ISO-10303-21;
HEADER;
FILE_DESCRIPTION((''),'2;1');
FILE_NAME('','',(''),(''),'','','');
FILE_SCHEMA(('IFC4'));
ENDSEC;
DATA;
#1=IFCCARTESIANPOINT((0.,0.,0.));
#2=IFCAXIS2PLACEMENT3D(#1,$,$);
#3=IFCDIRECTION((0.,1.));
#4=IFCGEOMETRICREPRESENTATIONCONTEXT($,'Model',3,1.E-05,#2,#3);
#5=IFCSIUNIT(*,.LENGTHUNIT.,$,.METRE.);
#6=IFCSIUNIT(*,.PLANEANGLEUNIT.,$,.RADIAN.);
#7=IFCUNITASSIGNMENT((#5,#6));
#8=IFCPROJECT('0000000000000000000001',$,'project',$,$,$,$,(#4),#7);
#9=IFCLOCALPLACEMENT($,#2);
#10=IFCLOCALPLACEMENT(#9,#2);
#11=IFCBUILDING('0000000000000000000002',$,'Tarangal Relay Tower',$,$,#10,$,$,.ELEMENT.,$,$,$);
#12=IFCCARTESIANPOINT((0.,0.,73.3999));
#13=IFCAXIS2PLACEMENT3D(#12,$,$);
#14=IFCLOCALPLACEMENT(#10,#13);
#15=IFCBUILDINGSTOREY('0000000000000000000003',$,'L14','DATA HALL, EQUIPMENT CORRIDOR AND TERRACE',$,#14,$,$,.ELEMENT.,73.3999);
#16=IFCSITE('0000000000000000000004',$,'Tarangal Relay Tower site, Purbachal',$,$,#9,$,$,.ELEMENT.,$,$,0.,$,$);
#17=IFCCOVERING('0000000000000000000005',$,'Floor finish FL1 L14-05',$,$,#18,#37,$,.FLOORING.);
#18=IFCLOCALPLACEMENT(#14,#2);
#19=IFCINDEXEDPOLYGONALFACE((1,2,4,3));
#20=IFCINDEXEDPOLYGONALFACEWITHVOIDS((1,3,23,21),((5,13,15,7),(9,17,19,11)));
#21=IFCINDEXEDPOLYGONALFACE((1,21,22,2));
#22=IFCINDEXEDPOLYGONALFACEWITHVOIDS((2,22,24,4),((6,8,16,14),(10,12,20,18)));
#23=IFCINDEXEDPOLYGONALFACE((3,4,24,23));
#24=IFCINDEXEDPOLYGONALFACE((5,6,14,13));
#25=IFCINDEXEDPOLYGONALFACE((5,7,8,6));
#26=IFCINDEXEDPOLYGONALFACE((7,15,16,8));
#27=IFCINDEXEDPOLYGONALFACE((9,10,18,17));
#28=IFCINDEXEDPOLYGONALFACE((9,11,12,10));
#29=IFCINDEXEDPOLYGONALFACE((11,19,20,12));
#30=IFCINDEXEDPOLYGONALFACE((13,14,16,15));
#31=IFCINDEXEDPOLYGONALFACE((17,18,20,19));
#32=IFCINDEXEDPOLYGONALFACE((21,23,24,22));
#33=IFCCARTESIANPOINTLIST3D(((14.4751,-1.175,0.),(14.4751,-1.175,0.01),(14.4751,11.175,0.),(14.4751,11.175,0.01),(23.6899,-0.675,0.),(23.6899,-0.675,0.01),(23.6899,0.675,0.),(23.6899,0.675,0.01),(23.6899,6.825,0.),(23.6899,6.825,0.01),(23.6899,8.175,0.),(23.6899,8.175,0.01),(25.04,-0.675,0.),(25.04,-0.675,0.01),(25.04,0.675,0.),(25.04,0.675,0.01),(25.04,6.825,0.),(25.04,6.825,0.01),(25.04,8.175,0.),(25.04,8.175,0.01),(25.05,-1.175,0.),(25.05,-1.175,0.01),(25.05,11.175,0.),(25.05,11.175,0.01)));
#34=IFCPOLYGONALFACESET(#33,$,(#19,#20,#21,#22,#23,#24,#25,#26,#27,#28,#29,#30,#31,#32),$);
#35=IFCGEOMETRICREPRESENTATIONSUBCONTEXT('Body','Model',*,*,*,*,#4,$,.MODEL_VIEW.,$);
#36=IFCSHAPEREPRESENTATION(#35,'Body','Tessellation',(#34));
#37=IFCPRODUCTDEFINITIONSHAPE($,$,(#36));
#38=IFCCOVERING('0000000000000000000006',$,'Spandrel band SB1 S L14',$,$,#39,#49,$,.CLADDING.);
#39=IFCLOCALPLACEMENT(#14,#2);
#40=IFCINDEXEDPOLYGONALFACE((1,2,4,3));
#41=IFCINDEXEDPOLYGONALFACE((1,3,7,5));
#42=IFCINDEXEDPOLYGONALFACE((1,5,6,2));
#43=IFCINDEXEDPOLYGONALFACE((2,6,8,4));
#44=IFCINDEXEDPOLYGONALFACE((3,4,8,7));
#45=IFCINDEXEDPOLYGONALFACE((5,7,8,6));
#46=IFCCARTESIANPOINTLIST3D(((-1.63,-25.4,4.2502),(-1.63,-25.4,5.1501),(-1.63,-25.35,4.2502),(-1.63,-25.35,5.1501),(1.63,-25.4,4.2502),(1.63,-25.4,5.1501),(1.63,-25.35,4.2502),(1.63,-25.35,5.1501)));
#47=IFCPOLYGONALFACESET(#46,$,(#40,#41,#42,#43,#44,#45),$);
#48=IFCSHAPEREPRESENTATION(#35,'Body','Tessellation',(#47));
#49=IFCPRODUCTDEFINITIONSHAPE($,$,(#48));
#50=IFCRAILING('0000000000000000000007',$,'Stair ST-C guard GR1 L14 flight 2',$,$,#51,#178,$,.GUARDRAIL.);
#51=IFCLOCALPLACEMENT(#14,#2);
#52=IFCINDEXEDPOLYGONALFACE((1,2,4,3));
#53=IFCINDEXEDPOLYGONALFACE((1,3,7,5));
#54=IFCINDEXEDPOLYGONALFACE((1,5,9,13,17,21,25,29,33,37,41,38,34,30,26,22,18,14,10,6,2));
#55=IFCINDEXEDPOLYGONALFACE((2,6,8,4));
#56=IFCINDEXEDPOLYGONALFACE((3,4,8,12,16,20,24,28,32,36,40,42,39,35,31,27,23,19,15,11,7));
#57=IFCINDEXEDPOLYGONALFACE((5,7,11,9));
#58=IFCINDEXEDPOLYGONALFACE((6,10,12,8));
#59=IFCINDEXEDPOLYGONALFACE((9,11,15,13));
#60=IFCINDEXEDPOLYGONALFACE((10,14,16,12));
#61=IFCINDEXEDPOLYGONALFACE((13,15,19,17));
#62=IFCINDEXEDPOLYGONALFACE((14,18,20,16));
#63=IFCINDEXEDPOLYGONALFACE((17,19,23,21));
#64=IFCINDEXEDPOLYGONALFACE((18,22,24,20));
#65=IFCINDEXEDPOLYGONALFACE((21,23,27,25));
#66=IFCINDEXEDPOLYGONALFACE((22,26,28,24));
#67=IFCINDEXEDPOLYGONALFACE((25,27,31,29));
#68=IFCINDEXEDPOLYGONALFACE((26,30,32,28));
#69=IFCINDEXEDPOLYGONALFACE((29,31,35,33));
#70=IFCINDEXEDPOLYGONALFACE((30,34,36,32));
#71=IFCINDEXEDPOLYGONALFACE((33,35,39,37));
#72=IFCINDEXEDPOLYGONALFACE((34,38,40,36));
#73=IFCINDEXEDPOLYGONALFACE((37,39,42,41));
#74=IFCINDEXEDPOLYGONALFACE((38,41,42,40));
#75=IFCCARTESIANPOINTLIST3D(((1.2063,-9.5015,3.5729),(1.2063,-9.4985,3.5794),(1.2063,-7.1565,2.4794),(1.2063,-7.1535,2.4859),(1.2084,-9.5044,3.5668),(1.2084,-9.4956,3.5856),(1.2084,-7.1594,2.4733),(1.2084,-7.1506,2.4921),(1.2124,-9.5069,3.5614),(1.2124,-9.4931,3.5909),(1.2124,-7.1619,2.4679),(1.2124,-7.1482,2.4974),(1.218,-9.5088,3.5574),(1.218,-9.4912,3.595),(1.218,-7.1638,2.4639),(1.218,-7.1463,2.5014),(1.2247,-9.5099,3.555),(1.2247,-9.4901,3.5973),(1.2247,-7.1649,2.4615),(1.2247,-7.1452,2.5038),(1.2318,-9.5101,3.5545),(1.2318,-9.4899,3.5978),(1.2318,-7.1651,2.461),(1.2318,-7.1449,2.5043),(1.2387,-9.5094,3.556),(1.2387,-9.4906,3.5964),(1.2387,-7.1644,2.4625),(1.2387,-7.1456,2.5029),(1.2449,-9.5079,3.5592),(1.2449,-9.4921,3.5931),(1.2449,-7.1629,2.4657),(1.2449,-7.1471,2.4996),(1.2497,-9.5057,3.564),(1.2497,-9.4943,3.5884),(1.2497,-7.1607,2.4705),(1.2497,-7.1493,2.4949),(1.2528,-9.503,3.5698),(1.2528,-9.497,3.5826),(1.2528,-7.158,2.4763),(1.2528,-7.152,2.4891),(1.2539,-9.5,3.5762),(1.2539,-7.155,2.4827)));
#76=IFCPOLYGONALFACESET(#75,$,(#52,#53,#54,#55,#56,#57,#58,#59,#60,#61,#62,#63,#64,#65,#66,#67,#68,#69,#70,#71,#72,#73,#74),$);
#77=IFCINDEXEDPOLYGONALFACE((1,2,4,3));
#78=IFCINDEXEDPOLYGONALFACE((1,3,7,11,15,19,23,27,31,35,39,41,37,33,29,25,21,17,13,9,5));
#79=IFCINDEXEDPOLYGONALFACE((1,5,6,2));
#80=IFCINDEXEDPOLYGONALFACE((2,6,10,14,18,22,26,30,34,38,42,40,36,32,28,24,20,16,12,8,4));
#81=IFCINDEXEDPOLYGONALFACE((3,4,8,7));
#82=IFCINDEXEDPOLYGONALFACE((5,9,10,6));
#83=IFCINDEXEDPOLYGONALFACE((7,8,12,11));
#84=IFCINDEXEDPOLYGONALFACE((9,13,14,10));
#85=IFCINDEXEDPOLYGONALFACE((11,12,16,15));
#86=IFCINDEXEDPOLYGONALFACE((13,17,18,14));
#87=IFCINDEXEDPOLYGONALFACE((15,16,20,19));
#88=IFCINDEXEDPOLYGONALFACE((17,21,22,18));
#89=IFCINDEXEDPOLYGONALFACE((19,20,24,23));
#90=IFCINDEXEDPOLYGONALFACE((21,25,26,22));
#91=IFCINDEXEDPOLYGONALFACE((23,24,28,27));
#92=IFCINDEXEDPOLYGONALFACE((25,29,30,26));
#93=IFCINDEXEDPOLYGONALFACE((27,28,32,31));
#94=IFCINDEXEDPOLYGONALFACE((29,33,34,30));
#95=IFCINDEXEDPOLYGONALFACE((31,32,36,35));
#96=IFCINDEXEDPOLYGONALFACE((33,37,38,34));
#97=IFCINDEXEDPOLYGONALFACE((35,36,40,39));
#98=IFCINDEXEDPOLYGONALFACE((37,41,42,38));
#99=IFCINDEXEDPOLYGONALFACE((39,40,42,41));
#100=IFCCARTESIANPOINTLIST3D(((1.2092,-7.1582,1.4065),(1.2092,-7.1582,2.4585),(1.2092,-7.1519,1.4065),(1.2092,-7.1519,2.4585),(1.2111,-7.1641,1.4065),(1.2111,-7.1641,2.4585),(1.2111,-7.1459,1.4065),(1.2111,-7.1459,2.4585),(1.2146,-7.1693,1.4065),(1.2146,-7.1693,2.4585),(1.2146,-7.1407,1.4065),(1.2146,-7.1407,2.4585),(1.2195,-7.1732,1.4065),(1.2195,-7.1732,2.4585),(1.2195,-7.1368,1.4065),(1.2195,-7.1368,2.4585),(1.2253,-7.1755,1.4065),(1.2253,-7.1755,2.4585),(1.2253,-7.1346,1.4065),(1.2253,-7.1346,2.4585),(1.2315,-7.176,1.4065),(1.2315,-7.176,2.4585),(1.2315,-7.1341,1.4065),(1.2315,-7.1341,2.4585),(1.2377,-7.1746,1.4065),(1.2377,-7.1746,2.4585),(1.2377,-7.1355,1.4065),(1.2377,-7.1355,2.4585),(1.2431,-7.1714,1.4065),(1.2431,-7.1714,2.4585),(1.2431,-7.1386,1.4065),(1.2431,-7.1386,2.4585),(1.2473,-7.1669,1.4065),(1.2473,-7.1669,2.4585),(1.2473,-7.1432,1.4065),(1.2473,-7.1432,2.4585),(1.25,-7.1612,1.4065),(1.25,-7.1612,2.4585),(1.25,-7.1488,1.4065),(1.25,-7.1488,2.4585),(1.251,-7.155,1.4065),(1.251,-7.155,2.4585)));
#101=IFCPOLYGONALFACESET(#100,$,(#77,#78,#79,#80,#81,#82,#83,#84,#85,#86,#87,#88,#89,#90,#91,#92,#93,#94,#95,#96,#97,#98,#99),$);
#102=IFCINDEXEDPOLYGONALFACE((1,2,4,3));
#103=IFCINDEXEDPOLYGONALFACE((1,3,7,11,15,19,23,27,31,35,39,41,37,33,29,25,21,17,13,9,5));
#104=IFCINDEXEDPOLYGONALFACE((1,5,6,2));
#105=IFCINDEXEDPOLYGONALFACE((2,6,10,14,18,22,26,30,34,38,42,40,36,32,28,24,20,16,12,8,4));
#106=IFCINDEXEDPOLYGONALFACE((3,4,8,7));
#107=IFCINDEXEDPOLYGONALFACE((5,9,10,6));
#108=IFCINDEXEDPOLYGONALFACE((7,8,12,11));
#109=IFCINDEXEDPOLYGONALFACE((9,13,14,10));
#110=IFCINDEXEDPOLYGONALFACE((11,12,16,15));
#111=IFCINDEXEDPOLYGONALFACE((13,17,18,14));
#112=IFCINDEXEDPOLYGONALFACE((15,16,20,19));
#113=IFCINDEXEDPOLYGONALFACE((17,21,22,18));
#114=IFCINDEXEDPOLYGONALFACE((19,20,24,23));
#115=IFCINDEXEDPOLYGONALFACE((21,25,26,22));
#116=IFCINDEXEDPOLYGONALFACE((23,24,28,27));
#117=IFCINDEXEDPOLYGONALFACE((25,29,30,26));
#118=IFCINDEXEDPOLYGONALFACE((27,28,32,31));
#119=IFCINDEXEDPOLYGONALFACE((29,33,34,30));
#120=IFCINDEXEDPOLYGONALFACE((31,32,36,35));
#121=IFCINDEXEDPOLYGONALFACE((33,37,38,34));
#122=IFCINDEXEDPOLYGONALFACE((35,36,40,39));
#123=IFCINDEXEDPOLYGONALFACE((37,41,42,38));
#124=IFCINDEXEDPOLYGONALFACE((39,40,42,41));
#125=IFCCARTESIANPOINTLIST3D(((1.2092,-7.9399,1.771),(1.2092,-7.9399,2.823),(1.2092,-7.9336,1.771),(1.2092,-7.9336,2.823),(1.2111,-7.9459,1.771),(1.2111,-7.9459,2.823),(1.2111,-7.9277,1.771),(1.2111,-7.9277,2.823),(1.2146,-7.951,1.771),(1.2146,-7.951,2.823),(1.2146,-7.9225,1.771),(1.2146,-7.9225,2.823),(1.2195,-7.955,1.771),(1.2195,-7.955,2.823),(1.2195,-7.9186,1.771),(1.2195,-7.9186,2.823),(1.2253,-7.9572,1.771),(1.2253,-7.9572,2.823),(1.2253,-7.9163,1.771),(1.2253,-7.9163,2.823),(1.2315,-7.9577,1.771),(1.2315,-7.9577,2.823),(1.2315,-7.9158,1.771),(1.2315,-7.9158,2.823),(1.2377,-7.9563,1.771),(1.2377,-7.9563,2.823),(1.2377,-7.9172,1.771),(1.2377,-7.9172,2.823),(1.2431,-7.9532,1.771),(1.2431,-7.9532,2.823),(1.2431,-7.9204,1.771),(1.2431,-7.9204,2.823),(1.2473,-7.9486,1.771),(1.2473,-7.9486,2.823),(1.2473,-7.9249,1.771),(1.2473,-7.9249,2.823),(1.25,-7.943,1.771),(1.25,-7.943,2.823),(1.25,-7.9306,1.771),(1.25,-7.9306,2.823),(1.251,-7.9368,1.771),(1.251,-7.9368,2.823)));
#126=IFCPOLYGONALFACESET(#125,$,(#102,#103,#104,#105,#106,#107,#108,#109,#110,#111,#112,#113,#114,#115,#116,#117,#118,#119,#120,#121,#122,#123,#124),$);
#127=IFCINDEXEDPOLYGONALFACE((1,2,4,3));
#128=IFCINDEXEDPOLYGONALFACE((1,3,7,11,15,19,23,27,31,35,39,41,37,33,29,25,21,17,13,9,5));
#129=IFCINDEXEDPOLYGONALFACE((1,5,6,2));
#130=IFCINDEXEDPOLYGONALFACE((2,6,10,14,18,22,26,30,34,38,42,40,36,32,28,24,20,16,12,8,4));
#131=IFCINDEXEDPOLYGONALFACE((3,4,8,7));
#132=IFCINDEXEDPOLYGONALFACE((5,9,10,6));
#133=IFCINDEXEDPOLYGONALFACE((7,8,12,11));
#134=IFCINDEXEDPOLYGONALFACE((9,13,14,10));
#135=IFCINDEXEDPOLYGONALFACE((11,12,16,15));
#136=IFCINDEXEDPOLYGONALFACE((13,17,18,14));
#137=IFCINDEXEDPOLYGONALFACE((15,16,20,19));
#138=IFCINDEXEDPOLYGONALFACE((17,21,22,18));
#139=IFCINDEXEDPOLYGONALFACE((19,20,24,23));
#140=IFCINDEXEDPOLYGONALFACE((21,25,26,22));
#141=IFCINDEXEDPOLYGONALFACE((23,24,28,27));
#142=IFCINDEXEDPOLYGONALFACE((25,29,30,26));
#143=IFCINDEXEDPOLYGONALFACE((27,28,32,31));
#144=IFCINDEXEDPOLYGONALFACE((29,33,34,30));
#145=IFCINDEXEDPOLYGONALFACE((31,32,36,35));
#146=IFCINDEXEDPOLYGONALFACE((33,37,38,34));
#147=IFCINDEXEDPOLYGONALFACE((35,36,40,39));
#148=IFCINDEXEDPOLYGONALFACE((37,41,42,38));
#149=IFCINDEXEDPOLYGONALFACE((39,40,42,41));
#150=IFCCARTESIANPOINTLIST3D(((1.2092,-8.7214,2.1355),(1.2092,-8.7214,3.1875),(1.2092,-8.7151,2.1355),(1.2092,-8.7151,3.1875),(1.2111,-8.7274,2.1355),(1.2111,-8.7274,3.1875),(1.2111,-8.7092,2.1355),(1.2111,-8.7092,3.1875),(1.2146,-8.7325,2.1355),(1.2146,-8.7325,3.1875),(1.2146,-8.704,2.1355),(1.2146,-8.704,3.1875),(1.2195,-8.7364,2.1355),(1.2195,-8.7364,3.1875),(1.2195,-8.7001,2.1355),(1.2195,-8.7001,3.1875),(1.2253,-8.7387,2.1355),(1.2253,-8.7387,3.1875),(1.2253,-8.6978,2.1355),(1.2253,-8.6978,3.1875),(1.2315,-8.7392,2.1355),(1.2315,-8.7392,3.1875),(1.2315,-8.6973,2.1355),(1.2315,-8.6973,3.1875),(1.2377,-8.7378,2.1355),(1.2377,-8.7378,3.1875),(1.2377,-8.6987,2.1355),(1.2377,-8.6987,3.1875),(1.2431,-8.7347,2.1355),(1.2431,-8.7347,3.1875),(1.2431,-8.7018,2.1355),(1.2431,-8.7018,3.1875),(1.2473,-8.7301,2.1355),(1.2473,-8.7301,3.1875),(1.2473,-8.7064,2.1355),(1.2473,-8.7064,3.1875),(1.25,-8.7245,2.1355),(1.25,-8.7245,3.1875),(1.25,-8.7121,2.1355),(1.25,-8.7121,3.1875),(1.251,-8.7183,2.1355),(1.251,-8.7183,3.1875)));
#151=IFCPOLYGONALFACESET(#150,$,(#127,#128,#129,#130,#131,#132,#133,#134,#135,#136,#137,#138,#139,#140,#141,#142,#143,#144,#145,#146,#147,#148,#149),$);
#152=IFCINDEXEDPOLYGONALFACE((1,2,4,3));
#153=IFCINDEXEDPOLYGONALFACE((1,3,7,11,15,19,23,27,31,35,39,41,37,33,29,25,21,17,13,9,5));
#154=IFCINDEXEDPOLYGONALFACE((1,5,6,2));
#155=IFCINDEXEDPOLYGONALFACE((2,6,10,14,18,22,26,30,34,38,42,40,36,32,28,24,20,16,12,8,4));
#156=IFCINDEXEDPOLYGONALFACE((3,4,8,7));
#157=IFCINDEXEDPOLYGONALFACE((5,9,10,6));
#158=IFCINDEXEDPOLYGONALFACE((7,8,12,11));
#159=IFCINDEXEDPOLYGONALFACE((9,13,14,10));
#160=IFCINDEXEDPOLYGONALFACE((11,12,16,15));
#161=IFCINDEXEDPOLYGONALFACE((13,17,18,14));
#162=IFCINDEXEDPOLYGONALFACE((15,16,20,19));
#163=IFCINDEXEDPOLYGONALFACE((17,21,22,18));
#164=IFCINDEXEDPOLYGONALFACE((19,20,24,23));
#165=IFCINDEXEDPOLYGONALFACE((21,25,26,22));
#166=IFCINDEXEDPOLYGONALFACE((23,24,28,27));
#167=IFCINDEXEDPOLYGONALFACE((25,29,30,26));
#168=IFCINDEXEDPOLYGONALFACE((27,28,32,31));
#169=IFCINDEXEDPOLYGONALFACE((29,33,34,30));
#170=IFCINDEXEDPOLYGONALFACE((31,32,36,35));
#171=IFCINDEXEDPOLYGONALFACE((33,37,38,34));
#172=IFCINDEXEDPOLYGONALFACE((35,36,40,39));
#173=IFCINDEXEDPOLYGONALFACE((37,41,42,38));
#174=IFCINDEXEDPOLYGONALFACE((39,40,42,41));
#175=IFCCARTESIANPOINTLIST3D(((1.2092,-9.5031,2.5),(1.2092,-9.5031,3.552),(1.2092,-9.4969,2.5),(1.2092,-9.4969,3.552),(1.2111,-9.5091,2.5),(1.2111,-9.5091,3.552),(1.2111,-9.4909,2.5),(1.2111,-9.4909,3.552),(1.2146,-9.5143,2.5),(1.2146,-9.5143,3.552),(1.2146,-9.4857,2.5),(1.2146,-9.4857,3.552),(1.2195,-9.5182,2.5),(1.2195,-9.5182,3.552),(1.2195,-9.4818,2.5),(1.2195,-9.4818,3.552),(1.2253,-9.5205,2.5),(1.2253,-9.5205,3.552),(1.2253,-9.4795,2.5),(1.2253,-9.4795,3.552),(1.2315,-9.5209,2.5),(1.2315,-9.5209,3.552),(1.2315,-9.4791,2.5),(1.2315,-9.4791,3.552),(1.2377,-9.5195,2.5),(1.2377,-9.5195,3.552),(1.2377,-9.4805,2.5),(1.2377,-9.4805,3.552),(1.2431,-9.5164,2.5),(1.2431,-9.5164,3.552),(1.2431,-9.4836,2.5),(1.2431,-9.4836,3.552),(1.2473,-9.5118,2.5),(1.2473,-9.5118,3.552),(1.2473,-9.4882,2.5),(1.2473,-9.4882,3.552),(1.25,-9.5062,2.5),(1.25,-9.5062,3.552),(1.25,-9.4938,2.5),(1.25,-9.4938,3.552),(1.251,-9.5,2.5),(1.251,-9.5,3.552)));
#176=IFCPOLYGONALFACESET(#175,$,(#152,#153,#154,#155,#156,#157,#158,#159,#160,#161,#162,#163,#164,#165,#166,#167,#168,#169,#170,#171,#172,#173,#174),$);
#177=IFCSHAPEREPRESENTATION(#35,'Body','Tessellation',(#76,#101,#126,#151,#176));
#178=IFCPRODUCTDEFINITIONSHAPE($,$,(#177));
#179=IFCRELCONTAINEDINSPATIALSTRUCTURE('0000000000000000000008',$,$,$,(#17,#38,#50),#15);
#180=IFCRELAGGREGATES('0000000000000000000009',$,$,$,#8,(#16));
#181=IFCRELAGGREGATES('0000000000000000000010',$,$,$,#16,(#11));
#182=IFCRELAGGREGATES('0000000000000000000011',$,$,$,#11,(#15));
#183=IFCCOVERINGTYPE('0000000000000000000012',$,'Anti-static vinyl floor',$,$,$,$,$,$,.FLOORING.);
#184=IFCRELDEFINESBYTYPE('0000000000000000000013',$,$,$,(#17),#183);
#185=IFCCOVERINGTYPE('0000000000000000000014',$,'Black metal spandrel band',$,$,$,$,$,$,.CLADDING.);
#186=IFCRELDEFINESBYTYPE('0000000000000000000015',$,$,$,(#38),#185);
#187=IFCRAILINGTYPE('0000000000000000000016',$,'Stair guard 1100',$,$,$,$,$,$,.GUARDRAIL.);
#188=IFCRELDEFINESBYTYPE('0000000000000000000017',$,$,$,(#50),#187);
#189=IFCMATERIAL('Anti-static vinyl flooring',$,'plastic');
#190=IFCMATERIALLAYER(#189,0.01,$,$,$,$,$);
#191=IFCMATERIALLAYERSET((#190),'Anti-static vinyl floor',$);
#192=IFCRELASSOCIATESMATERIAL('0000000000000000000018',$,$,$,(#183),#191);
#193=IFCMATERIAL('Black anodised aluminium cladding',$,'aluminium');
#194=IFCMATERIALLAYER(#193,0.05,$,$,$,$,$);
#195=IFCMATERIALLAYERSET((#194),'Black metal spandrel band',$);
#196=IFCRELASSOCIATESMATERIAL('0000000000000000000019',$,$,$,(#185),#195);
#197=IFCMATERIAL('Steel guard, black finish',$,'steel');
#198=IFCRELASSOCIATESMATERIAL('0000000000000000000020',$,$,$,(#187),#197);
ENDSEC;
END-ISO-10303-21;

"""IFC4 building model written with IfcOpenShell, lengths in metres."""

from ifc_helpers import new_model, si_unit, direction, frame, origin, origin_2d, place, context, subcontext, project, spatial, polyline, rectangle, circle, outline, extrude, material, layer, layer_set, type_object, element, save


model = new_model("IFC4")

# Units and contexts
model_context = context("Model", 3, precision=1e-05, world=origin(), true_north=direction((0.0, 1.0)))
body_context = subcontext(model_context, "Body", "Model", "MODEL_VIEW")
ifc_project = project(units=[si_unit("LENGTHUNIT", "METRE"), si_unit("PLANEANGLEUNIT", "RADIAN")], contexts=[model_context])

# Site, building, storey
site_placement = place(None, origin())
site = spatial("IfcSite", under=ifc_project, at=site_placement, Name="Tarangal Relay Tower site, Purbachal", CompositionType="ELEMENT", RefElevation=0.0)
building_placement = place(site_placement, origin())
building = spatial("IfcBuilding", under=site, at=building_placement, Name="Tarangal Relay Tower", CompositionType="ELEMENT")
storey_placement = place(building_placement, frame((0.0, 0.0, 73.3999)))
storey = spatial("IfcBuildingStorey", under=building, at=storey_placement, Name="L14", Description="DATA HALL, EQUIPMENT CORRIDOR AND TERRACE", CompositionType="ELEMENT", Elevation=73.3999)

# Coverings
ifc_material_1 = material(Name="Anti-static vinyl flooring", Category="plastic")
ifc_layer_1 = layer(ifc_material_1, 0.01)
ifc_layer_set_1 = layer_set([ifc_layer_1], Name="Anti-static vinyl floor")
covering_type_1 = type_object("IfcCoveringType", Name="Anti-static vinyl floor", PredefinedType="FLOORING", material=ifc_layer_set_1)
covering_1_placement = place(storey_placement, origin())
element("IfcCovering", 1, at=covering_1_placement, inside=storey, type_object=covering_type_1, Name="Floor finish FL1 L14-05", PredefinedType="FLOORING", context=body_context, shape_type="SweptSolid", body=[
    extrude(outline(polyline([(25.05, -1.175), (25.05, 11.175), (14.4751, 11.175), (14.4751, -1.175), (25.05, -1.175)]), holes=[polyline([(25.04, -0.675), (25.04, 0.675), (23.6899, 0.675), (23.6899, -0.675), (25.04, -0.675)]), polyline([(25.04, 6.825), (25.04, 8.175), (23.6899, 8.175), (23.6899, 6.825), (25.04, 6.825)])]), origin(), (0.0, 0.0, 1.0), 0.01),
])
ifc_material_2 = material(Name="Black anodised aluminium cladding", Category="aluminium")
ifc_layer_2 = layer(ifc_material_2, 0.05)
ifc_layer_set_2 = layer_set([ifc_layer_2], Name="Black metal spandrel band")
covering_type_2 = type_object("IfcCoveringType", Name="Black metal spandrel band", PredefinedType="CLADDING", material=ifc_layer_set_2)
covering_2_placement = place(storey_placement, frame((0.0, -25.375, 4.2502), z_axis=(0.0, 0.0, 1.0), x_axis=(-1.0, 0.0, 0.0)))
element("IfcCovering", 2, at=covering_2_placement, inside=storey, type_object=covering_type_2, Name="Spandrel band SB1 S L14", PredefinedType="CLADDING", context=body_context, shape_type="SweptSolid", body=[
    extrude(rectangle(XDim=3.26, YDim=0.05, at=origin_2d()), origin(), (0.0, 0.0, 1.0), 0.8999),
])

# Railing
ifc_material_3 = material(Name="Steel guard, black finish", Category="steel")
railing_type_1 = type_object("IfcRailingType", Name="Stair guard 1100", PredefinedType="GUARDRAIL", material=ifc_material_3)
for number, where, name in (
    (3, (1.23, -7.155, 1.4065), "Stair ST-C guard GR1 L14 flight 2"),
):
    element("IfcRailing", number, at=place(storey_placement, frame(where)), inside=storey, type_object=railing_type_1, Name=name, PredefinedType="GUARDRAIL", context=body_context, shape_type="SweptSolid", body=[
        extrude(circle(Radius=0.0239, at=origin_2d()), frame((0.0, 0.0, 1.0762), z_axis=(0.0, -0.906304, 0.422627), x_axis=(1.0, 0.0, 0.0)), (0.0, 0.0, 1.0), 2.5874),
        extrude(circle(Radius=0.021, at=origin_2d()), origin(), (0.0, 0.0, 1.0), 1.052),
        extrude(circle(Radius=0.021, at=origin_2d()), frame((0.0, -0.7817, 0.3645)), (0.0, 0.0, 1.0), 1.052),
        extrude(circle(Radius=0.021, at=origin_2d()), frame((0.0, -1.5632, 0.729)), (0.0, 0.0, 1.0), 1.052),
        extrude(circle(Radius=0.021, at=origin_2d()), frame((0.0, -2.345, 1.0935)), (0.0, 0.0, 1.0), 1.052),
    ])

save(model, "model.ifc")
